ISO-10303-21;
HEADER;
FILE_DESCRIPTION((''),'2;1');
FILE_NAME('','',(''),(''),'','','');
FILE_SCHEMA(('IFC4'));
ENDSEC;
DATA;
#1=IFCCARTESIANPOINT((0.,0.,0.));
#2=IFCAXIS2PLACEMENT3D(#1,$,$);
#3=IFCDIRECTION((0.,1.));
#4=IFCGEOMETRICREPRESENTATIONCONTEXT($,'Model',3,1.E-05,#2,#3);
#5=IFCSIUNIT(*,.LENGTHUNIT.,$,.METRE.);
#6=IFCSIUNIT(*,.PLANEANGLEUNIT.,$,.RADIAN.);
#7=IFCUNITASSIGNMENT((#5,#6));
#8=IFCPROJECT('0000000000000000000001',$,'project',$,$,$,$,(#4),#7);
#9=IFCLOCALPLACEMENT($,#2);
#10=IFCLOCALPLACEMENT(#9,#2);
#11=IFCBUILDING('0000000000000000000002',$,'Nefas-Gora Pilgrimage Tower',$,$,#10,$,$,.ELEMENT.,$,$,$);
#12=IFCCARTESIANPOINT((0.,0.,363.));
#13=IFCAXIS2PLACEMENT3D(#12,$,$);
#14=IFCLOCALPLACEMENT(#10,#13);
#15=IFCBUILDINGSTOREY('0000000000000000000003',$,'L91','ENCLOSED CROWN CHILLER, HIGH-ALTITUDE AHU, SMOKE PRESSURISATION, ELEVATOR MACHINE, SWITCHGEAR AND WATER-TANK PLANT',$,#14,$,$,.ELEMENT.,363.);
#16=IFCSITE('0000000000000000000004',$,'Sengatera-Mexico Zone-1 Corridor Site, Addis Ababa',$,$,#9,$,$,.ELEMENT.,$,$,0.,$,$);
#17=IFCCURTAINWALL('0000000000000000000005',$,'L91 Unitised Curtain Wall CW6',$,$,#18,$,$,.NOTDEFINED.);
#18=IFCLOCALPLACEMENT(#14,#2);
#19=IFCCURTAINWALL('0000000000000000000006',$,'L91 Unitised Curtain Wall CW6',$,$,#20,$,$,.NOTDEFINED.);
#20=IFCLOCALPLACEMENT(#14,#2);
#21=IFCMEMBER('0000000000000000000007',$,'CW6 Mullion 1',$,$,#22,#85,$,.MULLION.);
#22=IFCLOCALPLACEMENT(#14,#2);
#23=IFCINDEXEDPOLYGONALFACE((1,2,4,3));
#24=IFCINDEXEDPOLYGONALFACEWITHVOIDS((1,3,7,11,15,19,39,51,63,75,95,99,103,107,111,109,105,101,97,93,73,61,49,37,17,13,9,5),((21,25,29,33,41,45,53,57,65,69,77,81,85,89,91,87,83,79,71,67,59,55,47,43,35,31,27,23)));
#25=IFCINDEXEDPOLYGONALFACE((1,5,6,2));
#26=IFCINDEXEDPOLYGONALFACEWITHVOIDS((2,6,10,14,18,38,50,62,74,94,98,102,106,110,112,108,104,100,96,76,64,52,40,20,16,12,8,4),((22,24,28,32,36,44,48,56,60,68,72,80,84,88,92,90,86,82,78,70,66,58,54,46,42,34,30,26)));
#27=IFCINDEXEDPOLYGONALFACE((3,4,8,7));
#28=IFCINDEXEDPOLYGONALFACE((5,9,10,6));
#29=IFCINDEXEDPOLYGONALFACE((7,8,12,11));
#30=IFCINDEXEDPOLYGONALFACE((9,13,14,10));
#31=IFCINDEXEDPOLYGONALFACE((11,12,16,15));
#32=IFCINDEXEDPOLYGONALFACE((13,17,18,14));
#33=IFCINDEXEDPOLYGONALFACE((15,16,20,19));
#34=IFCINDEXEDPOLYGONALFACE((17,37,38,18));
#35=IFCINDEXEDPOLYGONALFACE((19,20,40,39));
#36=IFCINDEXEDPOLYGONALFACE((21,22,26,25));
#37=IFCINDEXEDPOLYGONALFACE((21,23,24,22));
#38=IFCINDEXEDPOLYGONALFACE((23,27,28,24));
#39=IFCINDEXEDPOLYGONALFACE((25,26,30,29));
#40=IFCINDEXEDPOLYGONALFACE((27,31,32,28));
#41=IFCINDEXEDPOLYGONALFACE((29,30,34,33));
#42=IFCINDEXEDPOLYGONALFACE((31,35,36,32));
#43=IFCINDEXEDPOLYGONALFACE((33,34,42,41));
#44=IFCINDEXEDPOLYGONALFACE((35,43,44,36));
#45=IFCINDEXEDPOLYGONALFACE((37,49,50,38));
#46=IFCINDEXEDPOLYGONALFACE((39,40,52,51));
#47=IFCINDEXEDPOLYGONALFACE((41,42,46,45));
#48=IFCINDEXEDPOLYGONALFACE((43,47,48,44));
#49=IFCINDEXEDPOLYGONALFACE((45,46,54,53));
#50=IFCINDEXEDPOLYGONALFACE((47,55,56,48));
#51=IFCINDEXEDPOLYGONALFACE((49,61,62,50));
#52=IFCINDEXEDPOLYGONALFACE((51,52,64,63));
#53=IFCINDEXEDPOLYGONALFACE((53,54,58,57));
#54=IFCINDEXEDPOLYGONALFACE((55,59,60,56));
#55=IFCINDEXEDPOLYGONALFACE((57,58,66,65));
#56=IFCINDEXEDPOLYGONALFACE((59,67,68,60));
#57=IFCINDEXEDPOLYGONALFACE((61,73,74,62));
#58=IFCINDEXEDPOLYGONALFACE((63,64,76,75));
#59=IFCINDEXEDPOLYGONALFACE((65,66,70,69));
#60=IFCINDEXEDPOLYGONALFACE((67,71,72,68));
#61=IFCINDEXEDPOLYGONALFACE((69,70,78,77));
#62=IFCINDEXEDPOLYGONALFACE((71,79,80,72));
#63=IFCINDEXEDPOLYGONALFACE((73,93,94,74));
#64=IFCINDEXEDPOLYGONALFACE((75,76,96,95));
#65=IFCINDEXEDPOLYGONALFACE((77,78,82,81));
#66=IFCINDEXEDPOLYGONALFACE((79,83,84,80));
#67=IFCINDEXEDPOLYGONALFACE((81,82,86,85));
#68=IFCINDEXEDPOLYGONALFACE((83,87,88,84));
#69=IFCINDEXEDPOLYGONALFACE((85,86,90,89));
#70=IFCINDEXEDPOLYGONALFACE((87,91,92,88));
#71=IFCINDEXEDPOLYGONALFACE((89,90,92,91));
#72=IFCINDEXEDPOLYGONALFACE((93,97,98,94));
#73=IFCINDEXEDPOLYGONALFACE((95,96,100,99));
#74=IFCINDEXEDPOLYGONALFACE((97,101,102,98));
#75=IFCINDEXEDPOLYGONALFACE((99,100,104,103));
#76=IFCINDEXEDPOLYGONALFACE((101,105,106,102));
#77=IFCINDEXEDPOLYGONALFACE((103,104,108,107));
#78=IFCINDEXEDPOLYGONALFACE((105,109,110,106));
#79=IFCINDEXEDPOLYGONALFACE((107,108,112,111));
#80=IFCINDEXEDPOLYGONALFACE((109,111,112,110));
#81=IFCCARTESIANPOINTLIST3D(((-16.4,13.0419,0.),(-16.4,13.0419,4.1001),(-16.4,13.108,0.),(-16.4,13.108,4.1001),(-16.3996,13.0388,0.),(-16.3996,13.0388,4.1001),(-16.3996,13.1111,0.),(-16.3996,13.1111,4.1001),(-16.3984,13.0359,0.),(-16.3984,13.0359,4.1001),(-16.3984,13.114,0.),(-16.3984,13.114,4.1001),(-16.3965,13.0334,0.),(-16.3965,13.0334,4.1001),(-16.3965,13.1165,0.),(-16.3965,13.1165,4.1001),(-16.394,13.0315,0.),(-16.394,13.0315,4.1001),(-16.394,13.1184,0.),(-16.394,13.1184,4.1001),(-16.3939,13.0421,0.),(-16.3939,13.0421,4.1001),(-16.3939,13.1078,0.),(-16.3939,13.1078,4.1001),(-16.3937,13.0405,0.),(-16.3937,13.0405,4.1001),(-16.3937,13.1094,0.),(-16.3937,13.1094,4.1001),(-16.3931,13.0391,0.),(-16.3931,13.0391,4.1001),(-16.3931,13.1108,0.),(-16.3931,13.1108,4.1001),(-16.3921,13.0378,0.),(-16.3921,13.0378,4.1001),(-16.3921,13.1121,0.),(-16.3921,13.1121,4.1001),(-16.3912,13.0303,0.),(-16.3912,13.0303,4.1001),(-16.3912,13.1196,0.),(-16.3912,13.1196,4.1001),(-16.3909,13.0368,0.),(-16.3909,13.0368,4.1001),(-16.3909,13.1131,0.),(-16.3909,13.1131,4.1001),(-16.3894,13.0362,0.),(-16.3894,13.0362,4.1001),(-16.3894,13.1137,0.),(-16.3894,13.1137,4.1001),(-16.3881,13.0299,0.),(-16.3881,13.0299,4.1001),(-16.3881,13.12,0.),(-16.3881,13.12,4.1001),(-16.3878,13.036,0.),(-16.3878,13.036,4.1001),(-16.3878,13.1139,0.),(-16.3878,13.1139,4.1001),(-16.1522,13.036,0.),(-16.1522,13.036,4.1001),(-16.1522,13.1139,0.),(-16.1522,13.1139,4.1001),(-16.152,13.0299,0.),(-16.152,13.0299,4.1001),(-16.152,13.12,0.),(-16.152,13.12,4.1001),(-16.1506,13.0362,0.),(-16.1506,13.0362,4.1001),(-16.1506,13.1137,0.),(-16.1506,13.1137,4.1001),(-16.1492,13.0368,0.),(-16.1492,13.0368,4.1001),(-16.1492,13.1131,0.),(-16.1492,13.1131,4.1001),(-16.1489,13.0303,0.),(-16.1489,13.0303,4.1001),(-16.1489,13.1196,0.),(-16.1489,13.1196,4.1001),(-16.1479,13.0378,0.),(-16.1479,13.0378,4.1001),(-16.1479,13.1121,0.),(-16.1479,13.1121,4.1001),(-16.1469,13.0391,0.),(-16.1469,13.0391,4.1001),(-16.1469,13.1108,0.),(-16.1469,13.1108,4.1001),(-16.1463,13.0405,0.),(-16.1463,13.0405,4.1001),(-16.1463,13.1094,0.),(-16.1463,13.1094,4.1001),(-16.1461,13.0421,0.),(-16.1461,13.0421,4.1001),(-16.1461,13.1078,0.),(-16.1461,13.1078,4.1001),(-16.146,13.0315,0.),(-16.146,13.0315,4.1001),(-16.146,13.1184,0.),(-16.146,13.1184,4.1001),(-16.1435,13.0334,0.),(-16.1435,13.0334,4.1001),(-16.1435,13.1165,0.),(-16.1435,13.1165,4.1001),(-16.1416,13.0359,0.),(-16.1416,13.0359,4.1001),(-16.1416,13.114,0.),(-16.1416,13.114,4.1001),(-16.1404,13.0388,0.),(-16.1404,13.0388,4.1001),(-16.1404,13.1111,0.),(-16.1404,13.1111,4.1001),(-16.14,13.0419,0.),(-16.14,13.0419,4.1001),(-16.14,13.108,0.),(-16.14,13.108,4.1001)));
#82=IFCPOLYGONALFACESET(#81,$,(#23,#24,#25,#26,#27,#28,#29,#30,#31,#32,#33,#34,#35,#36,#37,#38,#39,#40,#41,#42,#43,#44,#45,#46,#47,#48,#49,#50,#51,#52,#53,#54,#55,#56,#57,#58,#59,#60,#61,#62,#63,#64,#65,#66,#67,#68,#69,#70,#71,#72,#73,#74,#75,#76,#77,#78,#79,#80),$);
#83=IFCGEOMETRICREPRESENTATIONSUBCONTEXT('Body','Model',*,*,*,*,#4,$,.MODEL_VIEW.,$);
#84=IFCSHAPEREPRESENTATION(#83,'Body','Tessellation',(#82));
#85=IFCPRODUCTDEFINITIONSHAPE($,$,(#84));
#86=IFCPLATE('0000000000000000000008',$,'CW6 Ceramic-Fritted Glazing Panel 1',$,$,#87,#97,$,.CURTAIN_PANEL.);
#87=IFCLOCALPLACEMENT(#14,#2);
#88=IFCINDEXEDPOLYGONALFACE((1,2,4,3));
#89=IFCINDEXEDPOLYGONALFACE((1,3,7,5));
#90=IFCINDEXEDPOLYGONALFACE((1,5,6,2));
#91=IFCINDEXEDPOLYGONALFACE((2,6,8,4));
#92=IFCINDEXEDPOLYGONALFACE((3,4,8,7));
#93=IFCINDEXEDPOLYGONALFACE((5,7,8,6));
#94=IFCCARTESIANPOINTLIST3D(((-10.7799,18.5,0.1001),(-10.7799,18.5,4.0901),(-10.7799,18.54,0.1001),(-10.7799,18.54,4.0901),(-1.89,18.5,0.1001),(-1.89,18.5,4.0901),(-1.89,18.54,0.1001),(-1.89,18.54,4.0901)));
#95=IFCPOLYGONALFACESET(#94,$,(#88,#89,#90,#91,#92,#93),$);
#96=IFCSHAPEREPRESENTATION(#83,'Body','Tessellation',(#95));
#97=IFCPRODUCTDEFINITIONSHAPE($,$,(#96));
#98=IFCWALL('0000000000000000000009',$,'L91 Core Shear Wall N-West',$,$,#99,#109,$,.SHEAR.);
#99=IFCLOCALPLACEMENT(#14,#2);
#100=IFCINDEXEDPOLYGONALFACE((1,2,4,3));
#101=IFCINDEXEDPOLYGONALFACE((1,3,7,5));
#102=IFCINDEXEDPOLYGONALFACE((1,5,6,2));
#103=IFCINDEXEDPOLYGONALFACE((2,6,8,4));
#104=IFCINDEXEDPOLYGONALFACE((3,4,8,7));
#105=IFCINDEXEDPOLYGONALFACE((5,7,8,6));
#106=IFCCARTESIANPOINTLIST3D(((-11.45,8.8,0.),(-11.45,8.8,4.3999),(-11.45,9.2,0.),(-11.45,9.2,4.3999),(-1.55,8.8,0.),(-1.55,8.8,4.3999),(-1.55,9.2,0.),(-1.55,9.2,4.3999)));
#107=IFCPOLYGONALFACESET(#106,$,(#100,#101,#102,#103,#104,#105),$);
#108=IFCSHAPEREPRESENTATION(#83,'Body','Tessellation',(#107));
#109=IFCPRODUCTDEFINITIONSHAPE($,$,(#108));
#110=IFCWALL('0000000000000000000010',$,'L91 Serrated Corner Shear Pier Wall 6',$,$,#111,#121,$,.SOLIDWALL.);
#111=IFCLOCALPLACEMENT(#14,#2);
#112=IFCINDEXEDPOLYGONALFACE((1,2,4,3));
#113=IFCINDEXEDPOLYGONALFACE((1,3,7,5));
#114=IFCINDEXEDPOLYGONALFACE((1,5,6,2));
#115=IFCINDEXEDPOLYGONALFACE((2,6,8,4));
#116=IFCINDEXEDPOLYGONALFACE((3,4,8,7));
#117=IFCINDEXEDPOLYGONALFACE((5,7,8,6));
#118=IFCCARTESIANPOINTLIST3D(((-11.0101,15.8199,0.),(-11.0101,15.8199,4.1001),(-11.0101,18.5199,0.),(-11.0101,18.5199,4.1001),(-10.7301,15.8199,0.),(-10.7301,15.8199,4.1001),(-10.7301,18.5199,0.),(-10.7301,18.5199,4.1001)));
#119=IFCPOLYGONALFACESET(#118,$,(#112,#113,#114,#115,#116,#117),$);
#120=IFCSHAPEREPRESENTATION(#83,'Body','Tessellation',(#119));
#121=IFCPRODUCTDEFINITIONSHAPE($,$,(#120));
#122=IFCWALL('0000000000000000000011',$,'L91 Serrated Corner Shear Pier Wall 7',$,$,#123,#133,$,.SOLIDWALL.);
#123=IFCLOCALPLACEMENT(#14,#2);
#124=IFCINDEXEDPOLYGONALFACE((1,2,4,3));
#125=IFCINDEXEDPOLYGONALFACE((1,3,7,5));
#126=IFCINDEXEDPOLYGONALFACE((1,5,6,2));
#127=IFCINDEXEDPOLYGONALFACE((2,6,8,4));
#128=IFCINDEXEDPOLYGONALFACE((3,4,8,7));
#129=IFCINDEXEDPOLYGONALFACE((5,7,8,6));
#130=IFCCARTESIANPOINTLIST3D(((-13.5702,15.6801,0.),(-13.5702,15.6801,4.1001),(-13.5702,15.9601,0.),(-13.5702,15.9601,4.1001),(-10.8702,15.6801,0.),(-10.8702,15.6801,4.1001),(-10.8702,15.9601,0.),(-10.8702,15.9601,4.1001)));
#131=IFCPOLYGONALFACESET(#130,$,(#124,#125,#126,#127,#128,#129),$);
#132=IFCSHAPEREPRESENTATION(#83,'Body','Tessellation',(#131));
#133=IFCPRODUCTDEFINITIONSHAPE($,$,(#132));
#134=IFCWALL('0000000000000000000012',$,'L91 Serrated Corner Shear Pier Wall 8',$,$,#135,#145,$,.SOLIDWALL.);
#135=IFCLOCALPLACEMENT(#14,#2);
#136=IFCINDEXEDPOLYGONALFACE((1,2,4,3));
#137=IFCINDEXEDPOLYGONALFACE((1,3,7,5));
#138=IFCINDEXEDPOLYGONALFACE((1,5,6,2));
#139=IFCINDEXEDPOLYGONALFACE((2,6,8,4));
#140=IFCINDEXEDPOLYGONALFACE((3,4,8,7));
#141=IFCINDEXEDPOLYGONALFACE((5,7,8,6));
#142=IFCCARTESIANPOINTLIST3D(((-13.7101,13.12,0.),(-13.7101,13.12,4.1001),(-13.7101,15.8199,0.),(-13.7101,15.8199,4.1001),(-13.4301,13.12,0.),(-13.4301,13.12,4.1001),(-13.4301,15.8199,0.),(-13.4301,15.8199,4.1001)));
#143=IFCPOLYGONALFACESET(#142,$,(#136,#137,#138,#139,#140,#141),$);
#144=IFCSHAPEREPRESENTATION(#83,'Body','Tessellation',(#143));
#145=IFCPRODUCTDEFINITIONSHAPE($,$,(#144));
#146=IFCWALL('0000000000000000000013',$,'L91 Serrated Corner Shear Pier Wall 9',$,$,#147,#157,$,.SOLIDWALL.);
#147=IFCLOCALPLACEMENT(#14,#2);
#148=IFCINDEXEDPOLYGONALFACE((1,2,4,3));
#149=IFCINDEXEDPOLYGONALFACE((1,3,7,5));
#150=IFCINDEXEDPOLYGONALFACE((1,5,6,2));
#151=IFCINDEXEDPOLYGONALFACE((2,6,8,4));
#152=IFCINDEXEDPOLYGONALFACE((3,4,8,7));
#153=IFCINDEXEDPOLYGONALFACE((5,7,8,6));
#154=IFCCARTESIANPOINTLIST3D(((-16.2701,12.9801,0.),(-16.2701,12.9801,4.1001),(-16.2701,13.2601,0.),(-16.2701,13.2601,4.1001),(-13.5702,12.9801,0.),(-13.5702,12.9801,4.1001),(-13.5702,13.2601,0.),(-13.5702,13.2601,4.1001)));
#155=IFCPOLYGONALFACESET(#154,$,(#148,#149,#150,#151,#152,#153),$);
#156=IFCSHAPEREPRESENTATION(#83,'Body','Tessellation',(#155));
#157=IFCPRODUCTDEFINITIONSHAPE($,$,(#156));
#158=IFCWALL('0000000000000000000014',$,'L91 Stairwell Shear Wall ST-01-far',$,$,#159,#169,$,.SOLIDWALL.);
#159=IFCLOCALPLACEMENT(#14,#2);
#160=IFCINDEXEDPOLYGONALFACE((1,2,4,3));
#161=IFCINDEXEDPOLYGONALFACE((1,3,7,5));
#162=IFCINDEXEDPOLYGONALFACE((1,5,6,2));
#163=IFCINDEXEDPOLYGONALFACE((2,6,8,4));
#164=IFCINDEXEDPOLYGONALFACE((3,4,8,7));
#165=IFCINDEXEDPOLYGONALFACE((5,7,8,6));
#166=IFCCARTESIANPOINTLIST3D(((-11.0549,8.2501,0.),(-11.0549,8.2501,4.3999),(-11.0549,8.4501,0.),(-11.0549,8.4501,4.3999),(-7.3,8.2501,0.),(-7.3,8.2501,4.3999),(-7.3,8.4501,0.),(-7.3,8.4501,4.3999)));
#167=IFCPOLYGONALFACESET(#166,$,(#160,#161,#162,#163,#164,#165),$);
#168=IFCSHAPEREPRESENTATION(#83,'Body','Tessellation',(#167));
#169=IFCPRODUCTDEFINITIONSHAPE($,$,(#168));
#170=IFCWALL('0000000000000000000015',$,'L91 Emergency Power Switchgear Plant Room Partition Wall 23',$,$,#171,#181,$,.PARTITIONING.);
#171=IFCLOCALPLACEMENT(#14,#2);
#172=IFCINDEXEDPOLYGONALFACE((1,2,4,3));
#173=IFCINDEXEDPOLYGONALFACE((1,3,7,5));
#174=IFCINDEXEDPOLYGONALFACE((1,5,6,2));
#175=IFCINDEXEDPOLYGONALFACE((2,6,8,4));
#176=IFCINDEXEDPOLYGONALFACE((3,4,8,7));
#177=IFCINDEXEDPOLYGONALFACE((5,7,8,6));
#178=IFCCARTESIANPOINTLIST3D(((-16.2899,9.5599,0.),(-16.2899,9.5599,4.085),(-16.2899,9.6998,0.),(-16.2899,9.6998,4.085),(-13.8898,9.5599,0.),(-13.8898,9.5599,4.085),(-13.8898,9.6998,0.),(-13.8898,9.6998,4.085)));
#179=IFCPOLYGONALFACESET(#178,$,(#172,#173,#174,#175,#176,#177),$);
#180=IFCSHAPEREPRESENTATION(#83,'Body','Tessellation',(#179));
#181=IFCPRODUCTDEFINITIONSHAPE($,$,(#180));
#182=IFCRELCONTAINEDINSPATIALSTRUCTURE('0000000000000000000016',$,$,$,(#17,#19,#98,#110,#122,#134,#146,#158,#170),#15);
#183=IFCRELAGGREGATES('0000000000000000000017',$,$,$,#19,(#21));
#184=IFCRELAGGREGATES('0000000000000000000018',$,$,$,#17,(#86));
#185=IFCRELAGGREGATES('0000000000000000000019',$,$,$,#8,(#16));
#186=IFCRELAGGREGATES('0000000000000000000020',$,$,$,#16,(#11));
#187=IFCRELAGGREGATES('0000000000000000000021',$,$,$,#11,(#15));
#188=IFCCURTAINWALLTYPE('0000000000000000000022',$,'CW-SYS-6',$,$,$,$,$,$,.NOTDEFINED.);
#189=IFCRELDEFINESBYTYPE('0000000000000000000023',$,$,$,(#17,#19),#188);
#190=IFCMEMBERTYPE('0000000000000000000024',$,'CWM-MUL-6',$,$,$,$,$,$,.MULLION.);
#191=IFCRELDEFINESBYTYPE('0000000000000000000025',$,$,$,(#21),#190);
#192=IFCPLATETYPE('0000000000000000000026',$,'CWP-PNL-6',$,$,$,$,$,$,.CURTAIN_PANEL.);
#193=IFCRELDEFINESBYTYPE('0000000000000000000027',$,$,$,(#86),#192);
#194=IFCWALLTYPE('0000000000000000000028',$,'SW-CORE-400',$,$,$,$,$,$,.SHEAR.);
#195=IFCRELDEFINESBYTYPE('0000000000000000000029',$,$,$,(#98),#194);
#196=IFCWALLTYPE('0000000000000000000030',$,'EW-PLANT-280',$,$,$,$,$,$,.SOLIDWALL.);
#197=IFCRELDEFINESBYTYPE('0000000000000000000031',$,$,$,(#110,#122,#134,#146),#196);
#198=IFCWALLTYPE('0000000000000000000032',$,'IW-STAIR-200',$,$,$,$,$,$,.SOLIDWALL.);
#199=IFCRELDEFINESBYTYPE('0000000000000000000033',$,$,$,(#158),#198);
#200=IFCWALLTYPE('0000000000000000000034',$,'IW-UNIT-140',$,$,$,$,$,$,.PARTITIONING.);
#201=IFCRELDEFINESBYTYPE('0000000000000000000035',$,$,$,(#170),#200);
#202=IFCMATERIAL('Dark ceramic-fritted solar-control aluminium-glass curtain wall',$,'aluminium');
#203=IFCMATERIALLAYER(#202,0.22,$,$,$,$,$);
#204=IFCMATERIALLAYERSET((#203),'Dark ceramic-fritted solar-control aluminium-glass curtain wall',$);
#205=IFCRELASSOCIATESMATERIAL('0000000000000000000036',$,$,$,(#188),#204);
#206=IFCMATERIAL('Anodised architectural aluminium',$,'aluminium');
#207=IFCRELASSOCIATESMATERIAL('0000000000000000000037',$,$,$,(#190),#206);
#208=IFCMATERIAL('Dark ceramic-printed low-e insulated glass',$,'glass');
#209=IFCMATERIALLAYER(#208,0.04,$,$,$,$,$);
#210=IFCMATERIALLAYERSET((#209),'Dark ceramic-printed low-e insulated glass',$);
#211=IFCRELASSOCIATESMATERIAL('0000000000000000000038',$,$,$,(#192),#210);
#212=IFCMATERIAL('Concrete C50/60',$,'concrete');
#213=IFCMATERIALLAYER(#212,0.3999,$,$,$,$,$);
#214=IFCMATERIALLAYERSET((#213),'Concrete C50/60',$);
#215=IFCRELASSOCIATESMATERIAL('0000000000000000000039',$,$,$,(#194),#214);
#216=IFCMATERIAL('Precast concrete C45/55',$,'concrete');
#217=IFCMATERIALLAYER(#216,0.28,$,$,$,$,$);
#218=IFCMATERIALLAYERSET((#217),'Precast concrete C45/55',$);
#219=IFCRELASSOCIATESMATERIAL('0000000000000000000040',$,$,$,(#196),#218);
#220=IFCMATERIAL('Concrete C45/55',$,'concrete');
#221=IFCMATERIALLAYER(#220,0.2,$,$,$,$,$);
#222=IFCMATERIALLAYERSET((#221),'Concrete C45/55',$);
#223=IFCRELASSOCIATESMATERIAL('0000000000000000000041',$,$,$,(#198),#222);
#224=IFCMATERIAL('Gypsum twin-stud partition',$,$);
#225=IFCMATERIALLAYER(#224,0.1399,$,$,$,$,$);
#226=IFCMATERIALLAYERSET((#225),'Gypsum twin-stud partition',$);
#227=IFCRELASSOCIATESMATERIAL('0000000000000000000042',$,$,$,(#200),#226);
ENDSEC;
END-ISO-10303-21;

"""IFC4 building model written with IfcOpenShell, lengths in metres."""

from ifc_helpers import new_model, si_unit, direction, frame, frame_2d, origin, origin_2d, place, context, subcontext, project, spatial, rectangle, hollow_rectangle, extrude, source, transform, mapped, material, layer, layer_set, material_profile, profile_set, type_object, element, aggregate, save


model = new_model("IFC4")

# Units and contexts
model_context = context("Model", 3, precision=1e-05, world=origin(), true_north=direction((0.0, 1.0)))
body_context = subcontext(model_context, "Body", "Model", "MODEL_VIEW")
ifc_project = project(units=[si_unit("LENGTHUNIT", "METRE"), si_unit("PLANEANGLEUNIT", "RADIAN")], contexts=[model_context])

# Site, building, storey
site_placement = place(None, origin())
site = spatial("IfcSite", under=ifc_project, at=site_placement, Name="Sengatera-Mexico Zone-1 Corridor Site, Addis Ababa", CompositionType="ELEMENT", RefElevation=0.0)
building_placement = place(site_placement, origin())
building = spatial("IfcBuilding", under=site, at=building_placement, Name="Nefas-Gora Pilgrimage Tower", CompositionType="ELEMENT")
storey_placement = place(building_placement, frame((0.0, 0.0, 363.0)))
storey = spatial("IfcBuildingStorey", under=building, at=storey_placement, Name="L91", Description="ENCLOSED CROWN CHILLER, HIGH-ALTITUDE AHU, SMOKE PRESSURISATION, ELEVATOR MACHINE, SWITCHGEAR AND WATER-TANK PLANT", CompositionType="ELEMENT", Elevation=363.0)

# Shared definitions
ifc_material_1 = material(Name="Concrete C50/60", Category="concrete")

# Curtain walls
ifc_material_2 = material(Name="Dark ceramic-fritted solar-control aluminium-glass curtain wall", Category="aluminium")
ifc_layer_1 = layer(ifc_material_2, 0.22)
ifc_layer_set_1 = layer_set([ifc_layer_1], Name="Dark ceramic-fritted solar-control aluminium-glass curtain wall")
curtain_wall_type = type_object("IfcCurtainWallType", Name="CW-SYS-6", PredefinedType="NOTDEFINED", material=ifc_layer_set_1)
curtain_wall_1_placement = place(storey_placement, origin())
curtain_wall_1 = element("IfcCurtainWall", 1, at=curtain_wall_1_placement, inside=storey, type_object=curtain_wall_type, Name="L91 Unitised Curtain Wall CW6", PredefinedType="NOTDEFINED")
ifc_material_3 = material(Name="Anodised architectural aluminium", Category="aluminium")
curtain_wall_2_placement = place(storey_placement, origin())
curtain_wall_2 = element("IfcCurtainWall", 2, at=curtain_wall_2_placement, inside=storey, type_object=curtain_wall_type, Name="L91 Unitised Curtain Wall CW6", PredefinedType="NOTDEFINED")

# Member
ifc_material_profile_1 = material_profile(ifc_material_3, hollow_rectangle(XDim=0.0901, YDim=0.26, WallThickness=0.0061, InnerFilletRadius=0.0061, OuterFilletRadius=0.012, at=origin_2d()), Name="ALU MULLION 90x260")
ifc_profile_set_1 = profile_set([ifc_material_profile_1], Name="Anodised architectural aluminium")
member_type_1 = type_object("IfcMemberType", Name="CWM-MUL-6", PredefinedType="MULLION", material=ifc_profile_set_1)
shared_shape_1 = source(origin(), body_context, "Body", "SweptSolid", [
    extrude(hollow_rectangle(XDim=0.0901, YDim=0.26, WallThickness=0.0061, InnerFilletRadius=0.0061, OuterFilletRadius=0.012, at=origin_2d()), origin(), (0.0, 0.0, 1.0), 4.1001),
])
member_1_placement = place(storey_placement, frame((-16.27, 13.075, 0.0), z_axis=(0.0, 0.0, 1.0), x_axis=(0.0, -1.0, 0.0)))
member_1 = element("IfcMember", 3, at=member_1_placement, type_object=member_type_1, Name="CW6 Mullion 1", PredefinedType="MULLION", context=body_context, shape_type="MappedRepresentation", body=[
    mapped(shared_shape_1, transform((0.0, 0.0, 0.0), x_axis=(1.0, 0.0, 0.0), y_axis=(0.0, 1.0, 0.0), z_axis=(0.0, 0.0, 1.0), scale=1.0)),
])
aggregate(curtain_wall_2, [member_1])

# Plate
ifc_material_4 = material(Name="Dark ceramic-printed low-e insulated glass", Category="glass")
ifc_layer_2 = layer(ifc_material_4, 0.04)
ifc_layer_set_2 = layer_set([ifc_layer_2], Name="Dark ceramic-printed low-e insulated glass")
plate_type = type_object("IfcPlateType", Name="CWP-PNL-6", PredefinedType="CURTAIN_PANEL", material=ifc_layer_set_2)
shared_shape_2 = source(origin(), body_context, "Body", "SweptSolid", [
    extrude(rectangle(XDim=8.8899, YDim=0.04, at=origin_2d()), origin(), (0.0, 0.0, 1.0), 3.99),
])
plate_placement = place(storey_placement, frame((-6.335, 18.52, 0.1001), z_axis=(0.0, 0.0, 1.0), x_axis=(-1.0, 0.0, 0.0)))
plate = element("IfcPlate", 4, at=plate_placement, type_object=plate_type, Name="CW6 Ceramic-Fritted Glazing Panel 1", PredefinedType="CURTAIN_PANEL", context=body_context, shape_type="MappedRepresentation", body=[
    mapped(shared_shape_2, transform((0.0, 0.0, 0.0), x_axis=(1.0, 0.0, 0.0), y_axis=(0.0, 1.0, 0.0), z_axis=(0.0, 0.0, 1.0), scale=1.0)),
])
aggregate(curtain_wall_1, [plate])

# Walls
ifc_layer_3 = layer(ifc_material_1, 0.3999)
ifc_layer_set_3 = layer_set([ifc_layer_3], Name="Concrete C50/60")
wall_type_1 = type_object("IfcWallType", Name="SW-CORE-400", PredefinedType="SHEAR", material=ifc_layer_set_3)
shared_shape_3 = source(origin(), body_context, "Body", "SweptSolid", [
    extrude(rectangle(XDim=9.8999, YDim=0.3999, at=frame_2d((4.95, 0.0))), origin(), (0.0, 0.0, 1.0), 4.3999),
])
wall_1_placement = place(storey_placement, frame((-11.45, 9.0, 0.0), z_axis=(0.0, 0.0, 1.0), x_axis=(1.0, 0.0, 0.0)))
element("IfcWall", 5, at=wall_1_placement, inside=storey, type_object=wall_type_1, Name="L91 Core Shear Wall N-West", PredefinedType="SHEAR", context=body_context, shape_type="MappedRepresentation", body=[
    mapped(shared_shape_3, transform((0.0, 0.0, 0.0), x_axis=(1.0, 0.0, 0.0), y_axis=(0.0, 1.0, 0.0), z_axis=(0.0, 0.0, 1.0), scale=1.0)),
])
ifc_material_5 = material(Name="Precast concrete C45/55", Category="concrete")
ifc_layer_4 = layer(ifc_material_5, 0.28)
ifc_layer_set_4 = layer_set([ifc_layer_4], Name="Precast concrete C45/55")
wall_type_2 = type_object("IfcWallType", Name="EW-PLANT-280", PredefinedType="SOLIDWALL", material=ifc_layer_set_4)
shared_shape_4 = source(origin(), body_context, "Body", "SweptSolid", [
    extrude(rectangle(XDim=2.7, YDim=0.28, at=frame_2d((1.3501, 0.0))), origin(), (0.0, 0.0, 1.0), 4.1001),
])
for number, where, z_axis, x_axis, name in (
    (6, (-10.8701, 18.52, 0.0), (0.0, 0.0, 1.0), (0.0, -1.0, 0.0), "L91 Serrated Corner Shear Pier Wall 6"),
    (7, (-10.8701, 15.8201, 0.0), (0.0, 0.0, 1.0), (-1.0, 0.0, 0.0), "L91 Serrated Corner Shear Pier Wall 7"),
    (8, (-13.5701, 15.8201, 0.0), (0.0, 0.0, 1.0), (0.0, -1.0, 0.0), "L91 Serrated Corner Shear Pier Wall 8"),
    (9, (-13.5701, 13.1201, 0.0), (0.0, 0.0, 1.0), (-1.0, 0.0, 0.0), "L91 Serrated Corner Shear Pier Wall 9"),
):
    element("IfcWall", number, at=place(storey_placement, frame(where, z_axis=z_axis, x_axis=x_axis)), inside=storey, type_object=wall_type_2, Name=name, PredefinedType="SOLIDWALL", context=body_context, shape_type="MappedRepresentation", body=[
        mapped(shared_shape_4, transform((0.0, 0.0, 0.0), x_axis=(1.0, 0.0, 0.0), y_axis=(0.0, 1.0, 0.0), z_axis=(0.0, 0.0, 1.0), scale=1.0)),
    ])
ifc_material_6 = material(Name="Concrete C45/55", Category="concrete")
ifc_layer_5 = layer(ifc_material_6, 0.2)
ifc_layer_set_5 = layer_set([ifc_layer_5], Name="Concrete C45/55")
wall_type_3 = type_object("IfcWallType", Name="IW-STAIR-200", PredefinedType="SOLIDWALL", material=ifc_layer_set_5)
shared_shape_5 = source(origin(), body_context, "Body", "SweptSolid", [
    extrude(rectangle(XDim=3.7549, YDim=0.2, at=frame_2d((1.8774, 0.0))), origin(), (0.0, 0.0, 1.0), 4.3999),
])
wall_2_placement = place(storey_placement, frame((-7.3, 8.3501, 0.0), z_axis=(0.0, 0.0, 1.0), x_axis=(-1.0, 0.0, 0.0)))
element("IfcWall", 10, at=wall_2_placement, inside=storey, type_object=wall_type_3, Name="L91 Stairwell Shear Wall ST-01-far", PredefinedType="SOLIDWALL", context=body_context, shape_type="MappedRepresentation", body=[
    mapped(shared_shape_5, transform((0.0, 0.0, 0.0), x_axis=(1.0, 0.0, 0.0), y_axis=(0.0, 1.0, 0.0), z_axis=(0.0, 0.0, 1.0), scale=1.0)),
])
ifc_material_7 = material(Name="Gypsum twin-stud partition")
ifc_layer_6 = layer(ifc_material_7, 0.1399)
ifc_layer_set_6 = layer_set([ifc_layer_6], Name="Gypsum twin-stud partition")
wall_type_4 = type_object("IfcWallType", Name="IW-UNIT-140", PredefinedType="PARTITIONING", material=ifc_layer_set_6)
shared_shape_6 = source(origin(), body_context, "Body", "SweptSolid", [
    extrude(rectangle(XDim=2.4001, YDim=0.1399, at=frame_2d((1.2002, 0.0))), origin(), (0.0, 0.0, 1.0), 4.085),
])
wall_3_placement = place(storey_placement, frame((-16.29, 9.6299, 0.0), z_axis=(0.0, 0.0, 1.0), x_axis=(1.0, 0.0, 0.0)))
element("IfcWall", 11, at=wall_3_placement, inside=storey, type_object=wall_type_4, Name="L91 Emergency Power Switchgear Plant Room Partition Wall 23", PredefinedType="PARTITIONING", context=body_context, shape_type="MappedRepresentation", body=[
    mapped(shared_shape_6, transform((0.0, 0.0, 0.0), x_axis=(1.0, 0.0, 0.0), y_axis=(0.0, 1.0, 0.0), z_axis=(0.0, 0.0, 1.0), scale=1.0)),
])

save(model, "model.ifc")
